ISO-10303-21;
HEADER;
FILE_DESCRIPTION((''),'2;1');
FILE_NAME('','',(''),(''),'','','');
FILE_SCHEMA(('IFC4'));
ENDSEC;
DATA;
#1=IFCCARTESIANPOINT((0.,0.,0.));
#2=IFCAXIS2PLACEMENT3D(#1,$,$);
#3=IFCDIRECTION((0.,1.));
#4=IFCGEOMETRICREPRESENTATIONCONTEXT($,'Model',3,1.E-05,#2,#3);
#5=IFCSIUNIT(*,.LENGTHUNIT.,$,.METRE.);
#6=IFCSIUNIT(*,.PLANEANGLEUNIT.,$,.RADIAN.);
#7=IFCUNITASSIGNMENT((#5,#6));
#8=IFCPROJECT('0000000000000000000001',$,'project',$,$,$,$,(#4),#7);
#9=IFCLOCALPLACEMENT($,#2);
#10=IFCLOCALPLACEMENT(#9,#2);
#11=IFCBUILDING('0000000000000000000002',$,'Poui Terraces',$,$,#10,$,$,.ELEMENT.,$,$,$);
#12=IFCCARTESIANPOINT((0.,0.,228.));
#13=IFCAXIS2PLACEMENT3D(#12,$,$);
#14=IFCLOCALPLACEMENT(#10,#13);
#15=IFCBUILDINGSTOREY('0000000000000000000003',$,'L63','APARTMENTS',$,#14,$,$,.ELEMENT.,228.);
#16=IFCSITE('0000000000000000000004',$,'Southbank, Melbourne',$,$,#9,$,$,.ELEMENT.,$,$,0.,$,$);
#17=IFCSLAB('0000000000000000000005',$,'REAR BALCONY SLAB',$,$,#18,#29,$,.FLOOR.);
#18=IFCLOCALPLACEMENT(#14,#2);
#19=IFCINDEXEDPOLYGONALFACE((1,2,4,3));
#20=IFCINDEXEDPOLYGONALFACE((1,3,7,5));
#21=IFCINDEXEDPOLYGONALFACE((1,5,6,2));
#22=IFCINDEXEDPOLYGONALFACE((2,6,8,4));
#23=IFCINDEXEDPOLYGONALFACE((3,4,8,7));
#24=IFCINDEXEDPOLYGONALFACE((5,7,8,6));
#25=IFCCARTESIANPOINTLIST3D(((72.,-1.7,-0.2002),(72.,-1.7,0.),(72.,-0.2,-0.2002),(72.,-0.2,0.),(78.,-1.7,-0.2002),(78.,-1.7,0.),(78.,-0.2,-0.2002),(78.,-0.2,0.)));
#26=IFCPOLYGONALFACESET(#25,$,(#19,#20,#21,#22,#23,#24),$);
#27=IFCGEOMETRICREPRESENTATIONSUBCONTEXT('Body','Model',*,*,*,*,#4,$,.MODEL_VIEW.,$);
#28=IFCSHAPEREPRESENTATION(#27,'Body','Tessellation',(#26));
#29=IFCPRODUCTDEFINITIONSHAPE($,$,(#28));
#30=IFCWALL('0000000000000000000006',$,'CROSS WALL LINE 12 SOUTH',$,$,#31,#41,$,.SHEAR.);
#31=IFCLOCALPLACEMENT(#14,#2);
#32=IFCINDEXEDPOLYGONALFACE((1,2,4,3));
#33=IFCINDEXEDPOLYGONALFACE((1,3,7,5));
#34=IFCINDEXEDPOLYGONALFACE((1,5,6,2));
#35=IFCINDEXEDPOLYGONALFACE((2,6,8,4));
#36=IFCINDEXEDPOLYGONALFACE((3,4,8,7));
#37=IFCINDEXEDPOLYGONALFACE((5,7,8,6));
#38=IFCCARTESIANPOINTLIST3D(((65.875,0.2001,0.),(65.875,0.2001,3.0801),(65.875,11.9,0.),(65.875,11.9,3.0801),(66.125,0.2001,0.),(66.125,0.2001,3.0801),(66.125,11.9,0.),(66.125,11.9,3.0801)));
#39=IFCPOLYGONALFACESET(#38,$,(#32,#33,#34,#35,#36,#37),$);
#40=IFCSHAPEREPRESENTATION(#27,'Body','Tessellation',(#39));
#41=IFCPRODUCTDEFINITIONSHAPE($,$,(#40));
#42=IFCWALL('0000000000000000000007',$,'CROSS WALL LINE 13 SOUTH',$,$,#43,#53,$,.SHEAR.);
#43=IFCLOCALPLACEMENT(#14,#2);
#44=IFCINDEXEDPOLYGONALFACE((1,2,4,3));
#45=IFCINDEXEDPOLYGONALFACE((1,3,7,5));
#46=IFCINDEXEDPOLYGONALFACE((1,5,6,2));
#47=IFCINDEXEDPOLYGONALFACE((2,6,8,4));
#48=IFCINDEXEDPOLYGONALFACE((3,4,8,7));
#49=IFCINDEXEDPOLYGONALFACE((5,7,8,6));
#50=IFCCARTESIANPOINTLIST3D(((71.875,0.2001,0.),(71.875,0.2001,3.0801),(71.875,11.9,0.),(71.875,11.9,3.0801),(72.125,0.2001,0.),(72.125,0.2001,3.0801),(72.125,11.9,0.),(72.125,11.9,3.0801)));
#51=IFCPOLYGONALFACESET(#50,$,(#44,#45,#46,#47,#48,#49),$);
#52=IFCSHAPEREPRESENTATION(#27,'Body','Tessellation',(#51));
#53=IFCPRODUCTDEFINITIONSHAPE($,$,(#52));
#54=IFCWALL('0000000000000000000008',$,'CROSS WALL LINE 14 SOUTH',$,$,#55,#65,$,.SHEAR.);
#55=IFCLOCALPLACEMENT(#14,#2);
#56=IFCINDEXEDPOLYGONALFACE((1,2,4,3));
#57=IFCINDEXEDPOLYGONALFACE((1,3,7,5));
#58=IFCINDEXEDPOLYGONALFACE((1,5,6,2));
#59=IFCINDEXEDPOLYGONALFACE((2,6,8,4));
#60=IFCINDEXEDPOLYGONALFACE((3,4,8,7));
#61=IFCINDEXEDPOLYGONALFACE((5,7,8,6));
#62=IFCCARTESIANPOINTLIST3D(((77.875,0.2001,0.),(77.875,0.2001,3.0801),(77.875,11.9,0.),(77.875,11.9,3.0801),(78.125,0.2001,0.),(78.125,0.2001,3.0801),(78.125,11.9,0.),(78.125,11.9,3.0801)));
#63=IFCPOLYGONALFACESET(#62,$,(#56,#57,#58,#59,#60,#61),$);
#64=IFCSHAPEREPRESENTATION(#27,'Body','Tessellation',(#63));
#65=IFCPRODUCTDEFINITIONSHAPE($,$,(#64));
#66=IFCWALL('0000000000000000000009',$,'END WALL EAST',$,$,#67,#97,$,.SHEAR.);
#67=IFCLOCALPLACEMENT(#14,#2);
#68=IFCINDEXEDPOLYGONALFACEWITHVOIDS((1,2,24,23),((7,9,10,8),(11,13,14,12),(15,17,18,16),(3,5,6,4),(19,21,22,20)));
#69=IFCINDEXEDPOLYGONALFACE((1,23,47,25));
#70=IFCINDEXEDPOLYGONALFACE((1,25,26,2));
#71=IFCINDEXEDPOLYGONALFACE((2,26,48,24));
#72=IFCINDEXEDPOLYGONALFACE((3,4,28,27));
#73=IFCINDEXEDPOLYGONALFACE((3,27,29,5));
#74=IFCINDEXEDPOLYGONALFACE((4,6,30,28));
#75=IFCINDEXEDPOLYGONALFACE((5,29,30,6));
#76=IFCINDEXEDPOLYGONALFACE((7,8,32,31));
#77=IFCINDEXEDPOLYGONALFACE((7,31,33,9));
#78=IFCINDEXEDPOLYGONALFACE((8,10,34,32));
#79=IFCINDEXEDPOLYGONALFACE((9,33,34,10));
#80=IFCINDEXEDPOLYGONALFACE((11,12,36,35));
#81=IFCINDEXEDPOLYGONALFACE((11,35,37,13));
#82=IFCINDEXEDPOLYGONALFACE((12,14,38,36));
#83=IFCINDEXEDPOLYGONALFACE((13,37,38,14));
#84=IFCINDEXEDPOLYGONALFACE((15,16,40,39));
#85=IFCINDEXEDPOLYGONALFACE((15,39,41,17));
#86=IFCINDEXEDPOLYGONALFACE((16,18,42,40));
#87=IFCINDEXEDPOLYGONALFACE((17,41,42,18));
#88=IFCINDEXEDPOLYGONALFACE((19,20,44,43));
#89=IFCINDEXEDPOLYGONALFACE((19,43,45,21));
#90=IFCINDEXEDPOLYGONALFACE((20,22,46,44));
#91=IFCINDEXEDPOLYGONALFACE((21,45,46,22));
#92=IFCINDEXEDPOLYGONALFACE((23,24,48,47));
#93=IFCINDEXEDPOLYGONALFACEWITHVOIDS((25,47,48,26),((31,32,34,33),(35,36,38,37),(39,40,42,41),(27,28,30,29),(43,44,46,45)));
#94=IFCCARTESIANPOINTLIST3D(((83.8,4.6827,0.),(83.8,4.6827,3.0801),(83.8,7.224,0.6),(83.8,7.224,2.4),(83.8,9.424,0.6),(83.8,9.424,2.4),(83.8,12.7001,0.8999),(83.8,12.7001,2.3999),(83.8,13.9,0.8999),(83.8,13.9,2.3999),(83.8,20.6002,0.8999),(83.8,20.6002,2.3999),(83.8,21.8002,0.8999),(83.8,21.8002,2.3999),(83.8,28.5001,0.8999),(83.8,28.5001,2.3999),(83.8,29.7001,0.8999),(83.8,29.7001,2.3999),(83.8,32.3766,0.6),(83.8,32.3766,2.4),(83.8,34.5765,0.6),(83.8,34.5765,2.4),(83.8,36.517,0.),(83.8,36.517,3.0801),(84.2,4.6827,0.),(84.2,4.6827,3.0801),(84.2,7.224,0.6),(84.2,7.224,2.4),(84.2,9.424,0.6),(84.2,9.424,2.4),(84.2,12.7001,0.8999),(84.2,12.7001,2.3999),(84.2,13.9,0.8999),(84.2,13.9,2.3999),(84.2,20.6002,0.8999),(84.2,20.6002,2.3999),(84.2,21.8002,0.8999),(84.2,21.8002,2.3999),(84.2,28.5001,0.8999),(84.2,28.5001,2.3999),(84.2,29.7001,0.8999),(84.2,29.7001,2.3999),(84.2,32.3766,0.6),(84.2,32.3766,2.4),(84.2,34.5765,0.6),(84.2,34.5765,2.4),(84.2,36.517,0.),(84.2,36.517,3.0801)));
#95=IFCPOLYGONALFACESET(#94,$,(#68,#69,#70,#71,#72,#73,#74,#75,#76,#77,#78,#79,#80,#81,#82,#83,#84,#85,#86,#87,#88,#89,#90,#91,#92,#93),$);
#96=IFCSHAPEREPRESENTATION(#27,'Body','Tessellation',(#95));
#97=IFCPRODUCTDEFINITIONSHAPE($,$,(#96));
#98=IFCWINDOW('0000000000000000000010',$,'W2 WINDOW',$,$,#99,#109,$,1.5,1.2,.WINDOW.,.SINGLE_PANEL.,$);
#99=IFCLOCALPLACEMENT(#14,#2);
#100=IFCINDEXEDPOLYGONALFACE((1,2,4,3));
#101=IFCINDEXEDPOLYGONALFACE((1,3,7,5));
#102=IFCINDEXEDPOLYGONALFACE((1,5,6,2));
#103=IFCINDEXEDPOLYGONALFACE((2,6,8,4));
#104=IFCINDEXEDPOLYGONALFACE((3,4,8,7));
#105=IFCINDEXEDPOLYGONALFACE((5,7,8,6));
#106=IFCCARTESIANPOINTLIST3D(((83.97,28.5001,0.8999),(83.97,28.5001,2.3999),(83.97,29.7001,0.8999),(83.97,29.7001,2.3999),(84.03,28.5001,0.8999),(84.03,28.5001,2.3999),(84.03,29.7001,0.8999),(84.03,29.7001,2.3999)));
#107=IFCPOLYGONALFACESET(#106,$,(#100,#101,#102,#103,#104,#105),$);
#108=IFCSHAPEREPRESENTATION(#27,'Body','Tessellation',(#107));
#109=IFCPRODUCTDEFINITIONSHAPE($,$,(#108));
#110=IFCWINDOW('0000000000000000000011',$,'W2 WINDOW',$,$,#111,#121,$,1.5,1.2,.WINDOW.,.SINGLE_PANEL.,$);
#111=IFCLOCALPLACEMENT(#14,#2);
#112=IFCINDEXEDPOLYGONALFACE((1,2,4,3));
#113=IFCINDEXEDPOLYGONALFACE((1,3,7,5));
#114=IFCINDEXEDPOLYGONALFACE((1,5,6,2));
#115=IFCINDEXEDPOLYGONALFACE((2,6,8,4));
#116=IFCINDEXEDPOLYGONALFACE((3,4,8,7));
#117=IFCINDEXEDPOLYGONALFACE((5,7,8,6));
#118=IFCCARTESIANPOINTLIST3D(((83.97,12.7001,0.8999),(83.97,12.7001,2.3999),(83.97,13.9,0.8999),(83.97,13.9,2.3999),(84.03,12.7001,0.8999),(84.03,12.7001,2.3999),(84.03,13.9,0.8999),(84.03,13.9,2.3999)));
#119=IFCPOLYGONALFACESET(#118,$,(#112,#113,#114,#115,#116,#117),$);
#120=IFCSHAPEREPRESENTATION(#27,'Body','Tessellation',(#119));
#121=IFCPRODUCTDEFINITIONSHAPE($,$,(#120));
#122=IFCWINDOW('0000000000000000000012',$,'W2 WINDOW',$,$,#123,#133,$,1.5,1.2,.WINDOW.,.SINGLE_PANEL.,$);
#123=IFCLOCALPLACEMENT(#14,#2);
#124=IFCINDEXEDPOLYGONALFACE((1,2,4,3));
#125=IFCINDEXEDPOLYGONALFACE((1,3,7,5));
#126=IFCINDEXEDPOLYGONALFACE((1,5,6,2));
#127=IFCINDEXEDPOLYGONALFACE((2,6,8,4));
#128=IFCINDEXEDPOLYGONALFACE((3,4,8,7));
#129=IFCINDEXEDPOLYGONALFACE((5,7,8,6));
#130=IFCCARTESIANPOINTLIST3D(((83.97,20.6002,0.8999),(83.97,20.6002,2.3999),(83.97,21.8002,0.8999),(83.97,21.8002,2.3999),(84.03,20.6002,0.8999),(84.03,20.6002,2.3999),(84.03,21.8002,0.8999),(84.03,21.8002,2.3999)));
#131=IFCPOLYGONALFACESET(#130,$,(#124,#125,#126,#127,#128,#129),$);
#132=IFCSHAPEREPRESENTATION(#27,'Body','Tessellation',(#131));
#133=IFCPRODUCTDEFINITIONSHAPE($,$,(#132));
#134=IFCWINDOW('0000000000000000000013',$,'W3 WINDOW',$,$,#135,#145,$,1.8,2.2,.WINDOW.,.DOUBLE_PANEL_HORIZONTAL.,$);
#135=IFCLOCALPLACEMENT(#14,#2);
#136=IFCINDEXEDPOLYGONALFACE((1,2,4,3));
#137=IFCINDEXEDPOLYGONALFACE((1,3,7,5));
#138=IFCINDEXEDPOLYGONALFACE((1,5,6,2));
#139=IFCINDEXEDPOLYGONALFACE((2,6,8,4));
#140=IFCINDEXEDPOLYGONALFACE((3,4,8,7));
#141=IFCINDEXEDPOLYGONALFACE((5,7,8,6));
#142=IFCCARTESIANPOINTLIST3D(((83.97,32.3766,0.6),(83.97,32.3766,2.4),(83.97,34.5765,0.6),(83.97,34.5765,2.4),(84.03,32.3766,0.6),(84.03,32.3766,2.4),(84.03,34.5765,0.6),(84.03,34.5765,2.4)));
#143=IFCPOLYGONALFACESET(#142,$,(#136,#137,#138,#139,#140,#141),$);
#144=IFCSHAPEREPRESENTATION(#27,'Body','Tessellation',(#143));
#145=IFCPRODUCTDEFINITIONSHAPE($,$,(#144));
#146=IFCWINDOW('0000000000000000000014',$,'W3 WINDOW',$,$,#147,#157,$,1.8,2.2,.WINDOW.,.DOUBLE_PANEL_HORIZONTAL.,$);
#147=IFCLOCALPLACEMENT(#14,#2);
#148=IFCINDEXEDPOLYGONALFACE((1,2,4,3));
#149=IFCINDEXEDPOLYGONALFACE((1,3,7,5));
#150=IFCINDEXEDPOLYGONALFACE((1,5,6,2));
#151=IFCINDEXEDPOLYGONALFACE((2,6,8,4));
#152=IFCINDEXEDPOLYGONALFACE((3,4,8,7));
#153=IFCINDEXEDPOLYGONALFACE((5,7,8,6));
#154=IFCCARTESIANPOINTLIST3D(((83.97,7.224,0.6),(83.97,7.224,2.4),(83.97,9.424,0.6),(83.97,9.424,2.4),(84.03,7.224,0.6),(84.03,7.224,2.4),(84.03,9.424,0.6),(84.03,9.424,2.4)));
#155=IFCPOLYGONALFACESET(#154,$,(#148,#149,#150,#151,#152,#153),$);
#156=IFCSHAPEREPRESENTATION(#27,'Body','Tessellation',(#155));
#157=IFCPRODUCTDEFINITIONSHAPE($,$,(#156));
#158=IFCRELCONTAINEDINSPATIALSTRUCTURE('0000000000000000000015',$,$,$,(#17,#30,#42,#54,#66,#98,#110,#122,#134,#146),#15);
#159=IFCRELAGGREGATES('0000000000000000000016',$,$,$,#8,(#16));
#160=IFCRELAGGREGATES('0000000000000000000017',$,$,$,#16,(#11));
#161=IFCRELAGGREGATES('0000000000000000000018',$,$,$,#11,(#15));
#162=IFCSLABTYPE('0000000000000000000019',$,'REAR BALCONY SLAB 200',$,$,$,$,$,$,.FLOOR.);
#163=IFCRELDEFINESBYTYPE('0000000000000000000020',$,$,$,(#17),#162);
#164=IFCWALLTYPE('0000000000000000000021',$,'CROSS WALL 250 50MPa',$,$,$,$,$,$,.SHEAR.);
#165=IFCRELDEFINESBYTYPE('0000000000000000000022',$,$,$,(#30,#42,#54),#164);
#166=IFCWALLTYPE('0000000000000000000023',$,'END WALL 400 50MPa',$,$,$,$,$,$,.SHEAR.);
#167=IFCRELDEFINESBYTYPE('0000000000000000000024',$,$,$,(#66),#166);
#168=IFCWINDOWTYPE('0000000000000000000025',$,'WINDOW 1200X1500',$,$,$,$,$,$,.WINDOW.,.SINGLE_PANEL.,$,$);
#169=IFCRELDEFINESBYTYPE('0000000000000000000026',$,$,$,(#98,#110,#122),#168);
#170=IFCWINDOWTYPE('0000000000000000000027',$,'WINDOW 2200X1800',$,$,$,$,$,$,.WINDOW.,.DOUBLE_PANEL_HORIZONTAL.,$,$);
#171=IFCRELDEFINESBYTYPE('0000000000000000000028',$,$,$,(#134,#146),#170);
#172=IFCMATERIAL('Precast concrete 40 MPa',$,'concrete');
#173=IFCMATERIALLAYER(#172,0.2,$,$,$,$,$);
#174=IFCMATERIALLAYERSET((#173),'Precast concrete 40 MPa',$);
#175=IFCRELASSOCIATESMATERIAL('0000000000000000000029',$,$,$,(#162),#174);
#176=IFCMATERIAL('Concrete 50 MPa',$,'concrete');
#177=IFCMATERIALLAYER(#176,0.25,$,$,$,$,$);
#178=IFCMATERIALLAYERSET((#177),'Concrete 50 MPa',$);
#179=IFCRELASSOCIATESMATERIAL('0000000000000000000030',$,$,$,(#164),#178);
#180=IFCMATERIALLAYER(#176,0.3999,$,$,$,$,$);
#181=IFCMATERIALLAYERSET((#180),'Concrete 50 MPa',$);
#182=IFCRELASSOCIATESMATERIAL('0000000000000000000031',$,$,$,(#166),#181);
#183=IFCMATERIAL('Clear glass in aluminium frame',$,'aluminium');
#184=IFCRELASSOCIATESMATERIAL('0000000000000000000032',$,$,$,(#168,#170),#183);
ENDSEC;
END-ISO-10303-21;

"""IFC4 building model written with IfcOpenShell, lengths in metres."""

from ifc_helpers import new_model, si_unit, direction, frame, frame_2d, origin, place, context, subcontext, project, spatial, polyline, rectangle, outline, extrude, source, transform, mapped, material, layer, layer_set, type_object, element, fill, save


model = new_model("IFC4")

# Units and contexts
model_context = context("Model", 3, precision=1e-05, world=origin(), true_north=direction((0.0, 1.0)))
body_context = subcontext(model_context, "Body", "Model", "MODEL_VIEW")
ifc_project = project(units=[si_unit("LENGTHUNIT", "METRE"), si_unit("PLANEANGLEUNIT", "RADIAN")], contexts=[model_context])

# Site, building, storey
site_placement = place(None, origin())
site = spatial("IfcSite", under=ifc_project, at=site_placement, Name="Southbank, Melbourne", CompositionType="ELEMENT", RefElevation=0.0)
building_placement = place(site_placement, origin())
building = spatial("IfcBuilding", under=site, at=building_placement, Name="Poui Terraces", CompositionType="ELEMENT")
storey_placement = place(building_placement, frame((0.0, 0.0, 228.0)))
storey = spatial("IfcBuildingStorey", under=building, at=storey_placement, Name="L63", Description="APARTMENTS", CompositionType="ELEMENT", Elevation=228.0)

# Slab
ifc_material_1 = material(Name="Precast concrete 40 MPa", Category="concrete")
ifc_layer_1 = layer(ifc_material_1, 0.2)
ifc_layer_set_1 = layer_set([ifc_layer_1], Name="Precast concrete 40 MPa")
slab_type = type_object("IfcSlabType", Name="REAR BALCONY SLAB 200", PredefinedType="FLOOR", material=ifc_layer_set_1)
shared_shape_1 = source(origin(), body_context, "Body", "SweptSolid", [
    extrude(outline(polyline([(0.0, 0.0), (6.0, 0.0), (6.0, 1.5), (0.0, 1.5), (0.0, 0.0)])), origin(), (0.0, 0.0, 1.0), 0.2002),
])
slab_placement = place(storey_placement, frame((72.0, -1.7, -0.2002)))
element("IfcSlab", 1, at=slab_placement, inside=storey, type_object=slab_type, Name="REAR BALCONY SLAB", PredefinedType="FLOOR", context=body_context, shape_type="MappedRepresentation", body=[
    mapped(shared_shape_1, transform((0.0, 0.0, 0.0))),
])

# Walls
ifc_material_2 = material(Name="Concrete 50 MPa", Category="concrete")
ifc_layer_2 = layer(ifc_material_2, 0.25)
ifc_layer_set_2 = layer_set([ifc_layer_2], Name="Concrete 50 MPa")
wall_type_1 = type_object("IfcWallType", Name="CROSS WALL 250 50MPa", PredefinedType="SHEAR", material=ifc_layer_set_2)
for number, where, z_axis, x_axis, name in (
    (2, (66.0, 0.2, 0.0), (0.0, 0.0, 1.0), (0.0, 1.0, 0.0), "CROSS WALL LINE 12 SOUTH"),
    (3, (72.0, 0.2, 0.0), (0.0, 0.0, 1.0), (0.0, 1.0, 0.0), "CROSS WALL LINE 13 SOUTH"),
    (4, (78.0, 0.2, 0.0), (0.0, 0.0, 1.0), (0.0, 1.0, 0.0), "CROSS WALL LINE 14 SOUTH"),
):
    element("IfcWall", number, at=place(storey_placement, frame(where, z_axis=z_axis, x_axis=x_axis)), inside=storey, type_object=wall_type_1, Name=name, PredefinedType="SHEAR", context=body_context, shape_type="SweptSolid", body=[
        extrude(rectangle(XDim=11.7, YDim=0.25, at=frame_2d((5.8501, 0.0))), origin(), (0.0, 0.0, 1.0), 3.0801),
    ])

# Wall, openings, windows
ifc_layer_3 = layer(ifc_material_2, 0.3999)
ifc_layer_set_3 = layer_set([ifc_layer_3], Name="Concrete 50 MPa")
wall_type_2 = type_object("IfcWallType", Name="END WALL 400 50MPa", PredefinedType="SHEAR", material=ifc_layer_set_3)
wall_1_placement = place(storey_placement, frame((84.0, 4.6829, 0.0), z_axis=(0.0, 0.0, 1.0), x_axis=(0.0, 1.0, 0.0)))
wall_1 = element("IfcWall", 5, at=wall_1_placement, inside=storey, type_object=wall_type_2, Name="END WALL EAST", PredefinedType="SHEAR", context=body_context, shape_type="SweptSolid", body=[
    extrude(rectangle(XDim=31.8342, YDim=0.3999, at=frame_2d((15.917, 0.0))), origin(), (0.0, 0.0, 1.0), 3.0801),
])
opening_1_placement = place(wall_1_placement, frame((23.8171, 0.0, 0.8999)))
opening_1 = element("IfcOpeningElement", 6, at=opening_1_placement, cuts=wall_1, PredefinedType="OPENING", context=body_context, shape_type="SweptSolid", body=[
    extrude(rectangle(XDim=1.2, YDim=1.5, at=frame_2d((0.6001, 0.75))), frame((0.0, 0.21, 0.0), z_axis=(0.0, -1.0, 0.0), x_axis=(1.0, 0.0, 0.0)), (0.0, 0.0, 1.0), 0.4199),
])
opening_2_placement = place(wall_1_placement, frame((8.0171, 0.0, 0.8999)))
opening_2 = element("IfcOpeningElement", 7, at=opening_2_placement, cuts=wall_1, PredefinedType="OPENING", context=body_context, shape_type="SweptSolid", body=[
    extrude(rectangle(XDim=1.2, YDim=1.5, at=frame_2d((0.6001, 0.75))), frame((0.0, 0.21, 0.0), z_axis=(0.0, -1.0, 0.0), x_axis=(1.0, 0.0, 0.0)), (0.0, 0.0, 1.0), 0.4199),
])
opening_3_placement = place(wall_1_placement, frame((27.6936, 0.0, 0.6001)))
opening_3 = element("IfcOpeningElement", 8, at=opening_3_placement, cuts=wall_1, PredefinedType="OPENING", context=body_context, shape_type="SweptSolid", body=[
    extrude(rectangle(XDim=2.2, YDim=1.8, at=frame_2d((1.1001, 0.8999))), frame((0.0, 0.21, 0.0), z_axis=(0.0, -1.0, 0.0), x_axis=(1.0, 0.0, 0.0)), (0.0, 0.0, 1.0), 0.4199),
])
opening_4_placement = place(wall_1_placement, frame((2.541, 0.0, 0.6001)))
opening_4 = element("IfcOpeningElement", 9, at=opening_4_placement, cuts=wall_1, PredefinedType="OPENING", context=body_context, shape_type="SweptSolid", body=[
    extrude(rectangle(XDim=2.2, YDim=1.8, at=frame_2d((1.1001, 0.8999))), frame((0.0, 0.21, 0.0), z_axis=(0.0, -1.0, 0.0), x_axis=(1.0, 0.0, 0.0)), (0.0, 0.0, 1.0), 0.4199),
])
opening_5_placement = place(wall_1_placement, frame((15.9172, 0.0, 0.8999)))
opening_5 = element("IfcOpeningElement", 10, at=opening_5_placement, cuts=wall_1, PredefinedType="OPENING", context=body_context, shape_type="SweptSolid", body=[
    extrude(rectangle(XDim=1.2, YDim=1.5, at=frame_2d((0.6001, 0.75))), frame((0.0, 0.21, 0.0), z_axis=(0.0, -1.0, 0.0), x_axis=(1.0, 0.0, 0.0)), (0.0, 0.0, 1.0), 0.4199),
])
ifc_material_3 = material(Name="Clear glass in aluminium frame", Category="aluminium")
window_type_1 = type_object("IfcWindowType", Name="WINDOW 1200X1500", PartitioningType="SINGLE_PANEL", PredefinedType="WINDOW", material=ifc_material_3)
window_1_placement = place(opening_1_placement, origin())
window_1 = element("IfcWindow", 11, at=window_1_placement, inside=storey, type_object=window_type_1, Name="W2 WINDOW", OverallHeight=1.5, OverallWidth=1.2, PartitioningType="SINGLE_PANEL", PredefinedType="WINDOW", context=body_context, shape_type="SweptSolid", body=[
    extrude(rectangle(XDim=1.2, YDim=1.5, at=frame_2d((0.6001, 0.75))), frame((0.0, 0.03, 0.0), z_axis=(0.0, -1.0, 0.0), x_axis=(1.0, 0.0, 0.0)), (0.0, 0.0, 1.0), 0.0601),
])
fill(opening_1, window_1)
window_2_placement = place(opening_2_placement, origin())
window_2 = element("IfcWindow", 12, at=window_2_placement, inside=storey, type_object=window_type_1, Name="W2 WINDOW", OverallHeight=1.5, OverallWidth=1.2, PartitioningType="SINGLE_PANEL", PredefinedType="WINDOW", context=body_context, shape_type="SweptSolid", body=[
    extrude(rectangle(XDim=1.2, YDim=1.5, at=frame_2d((0.6001, 0.75))), frame((0.0, 0.03, 0.0), z_axis=(0.0, -1.0, 0.0), x_axis=(1.0, 0.0, 0.0)), (0.0, 0.0, 1.0), 0.0601),
])
fill(opening_2, window_2)
window_3_placement = place(opening_5_placement, origin())
window_3 = element("IfcWindow", 13, at=window_3_placement, inside=storey, type_object=window_type_1, Name="W2 WINDOW", OverallHeight=1.5, OverallWidth=1.2, PartitioningType="SINGLE_PANEL", PredefinedType="WINDOW", context=body_context, shape_type="SweptSolid", body=[
    extrude(rectangle(XDim=1.2, YDim=1.5, at=frame_2d((0.6001, 0.75))), frame((0.0, 0.03, 0.0), z_axis=(0.0, -1.0, 0.0), x_axis=(1.0, 0.0, 0.0)), (0.0, 0.0, 1.0), 0.0601),
])
fill(opening_5, window_3)
window_type_2 = type_object("IfcWindowType", Name="WINDOW 2200X1800", PartitioningType="DOUBLE_PANEL_HORIZONTAL", PredefinedType="WINDOW", material=ifc_material_3)
window_4_placement = place(opening_3_placement, origin())
window_4 = element("IfcWindow", 14, at=window_4_placement, inside=storey, type_object=window_type_2, Name="W3 WINDOW", OverallHeight=1.8, OverallWidth=2.2, PartitioningType="DOUBLE_PANEL_HORIZONTAL", PredefinedType="WINDOW", context=body_context, shape_type="SweptSolid", body=[
    extrude(rectangle(XDim=2.2, YDim=1.8, at=frame_2d((1.1001, 0.8999))), frame((0.0, 0.03, 0.0), z_axis=(0.0, -1.0, 0.0), x_axis=(1.0, 0.0, 0.0)), (0.0, 0.0, 1.0), 0.0601),
])
fill(opening_3, window_4)
window_5_placement = place(opening_4_placement, origin())
window_5 = element("IfcWindow", 15, at=window_5_placement, inside=storey, type_object=window_type_2, Name="W3 WINDOW", OverallHeight=1.8, OverallWidth=2.2, PartitioningType="DOUBLE_PANEL_HORIZONTAL", PredefinedType="WINDOW", context=body_context, shape_type="SweptSolid", body=[
    extrude(rectangle(XDim=2.2, YDim=1.8, at=frame_2d((1.1001, 0.8999))), frame((0.0, 0.03, 0.0), z_axis=(0.0, -1.0, 0.0), x_axis=(1.0, 0.0, 0.0)), (0.0, 0.0, 1.0), 0.0601),
])
fill(opening_4, window_5)

save(model, "model.ifc")
